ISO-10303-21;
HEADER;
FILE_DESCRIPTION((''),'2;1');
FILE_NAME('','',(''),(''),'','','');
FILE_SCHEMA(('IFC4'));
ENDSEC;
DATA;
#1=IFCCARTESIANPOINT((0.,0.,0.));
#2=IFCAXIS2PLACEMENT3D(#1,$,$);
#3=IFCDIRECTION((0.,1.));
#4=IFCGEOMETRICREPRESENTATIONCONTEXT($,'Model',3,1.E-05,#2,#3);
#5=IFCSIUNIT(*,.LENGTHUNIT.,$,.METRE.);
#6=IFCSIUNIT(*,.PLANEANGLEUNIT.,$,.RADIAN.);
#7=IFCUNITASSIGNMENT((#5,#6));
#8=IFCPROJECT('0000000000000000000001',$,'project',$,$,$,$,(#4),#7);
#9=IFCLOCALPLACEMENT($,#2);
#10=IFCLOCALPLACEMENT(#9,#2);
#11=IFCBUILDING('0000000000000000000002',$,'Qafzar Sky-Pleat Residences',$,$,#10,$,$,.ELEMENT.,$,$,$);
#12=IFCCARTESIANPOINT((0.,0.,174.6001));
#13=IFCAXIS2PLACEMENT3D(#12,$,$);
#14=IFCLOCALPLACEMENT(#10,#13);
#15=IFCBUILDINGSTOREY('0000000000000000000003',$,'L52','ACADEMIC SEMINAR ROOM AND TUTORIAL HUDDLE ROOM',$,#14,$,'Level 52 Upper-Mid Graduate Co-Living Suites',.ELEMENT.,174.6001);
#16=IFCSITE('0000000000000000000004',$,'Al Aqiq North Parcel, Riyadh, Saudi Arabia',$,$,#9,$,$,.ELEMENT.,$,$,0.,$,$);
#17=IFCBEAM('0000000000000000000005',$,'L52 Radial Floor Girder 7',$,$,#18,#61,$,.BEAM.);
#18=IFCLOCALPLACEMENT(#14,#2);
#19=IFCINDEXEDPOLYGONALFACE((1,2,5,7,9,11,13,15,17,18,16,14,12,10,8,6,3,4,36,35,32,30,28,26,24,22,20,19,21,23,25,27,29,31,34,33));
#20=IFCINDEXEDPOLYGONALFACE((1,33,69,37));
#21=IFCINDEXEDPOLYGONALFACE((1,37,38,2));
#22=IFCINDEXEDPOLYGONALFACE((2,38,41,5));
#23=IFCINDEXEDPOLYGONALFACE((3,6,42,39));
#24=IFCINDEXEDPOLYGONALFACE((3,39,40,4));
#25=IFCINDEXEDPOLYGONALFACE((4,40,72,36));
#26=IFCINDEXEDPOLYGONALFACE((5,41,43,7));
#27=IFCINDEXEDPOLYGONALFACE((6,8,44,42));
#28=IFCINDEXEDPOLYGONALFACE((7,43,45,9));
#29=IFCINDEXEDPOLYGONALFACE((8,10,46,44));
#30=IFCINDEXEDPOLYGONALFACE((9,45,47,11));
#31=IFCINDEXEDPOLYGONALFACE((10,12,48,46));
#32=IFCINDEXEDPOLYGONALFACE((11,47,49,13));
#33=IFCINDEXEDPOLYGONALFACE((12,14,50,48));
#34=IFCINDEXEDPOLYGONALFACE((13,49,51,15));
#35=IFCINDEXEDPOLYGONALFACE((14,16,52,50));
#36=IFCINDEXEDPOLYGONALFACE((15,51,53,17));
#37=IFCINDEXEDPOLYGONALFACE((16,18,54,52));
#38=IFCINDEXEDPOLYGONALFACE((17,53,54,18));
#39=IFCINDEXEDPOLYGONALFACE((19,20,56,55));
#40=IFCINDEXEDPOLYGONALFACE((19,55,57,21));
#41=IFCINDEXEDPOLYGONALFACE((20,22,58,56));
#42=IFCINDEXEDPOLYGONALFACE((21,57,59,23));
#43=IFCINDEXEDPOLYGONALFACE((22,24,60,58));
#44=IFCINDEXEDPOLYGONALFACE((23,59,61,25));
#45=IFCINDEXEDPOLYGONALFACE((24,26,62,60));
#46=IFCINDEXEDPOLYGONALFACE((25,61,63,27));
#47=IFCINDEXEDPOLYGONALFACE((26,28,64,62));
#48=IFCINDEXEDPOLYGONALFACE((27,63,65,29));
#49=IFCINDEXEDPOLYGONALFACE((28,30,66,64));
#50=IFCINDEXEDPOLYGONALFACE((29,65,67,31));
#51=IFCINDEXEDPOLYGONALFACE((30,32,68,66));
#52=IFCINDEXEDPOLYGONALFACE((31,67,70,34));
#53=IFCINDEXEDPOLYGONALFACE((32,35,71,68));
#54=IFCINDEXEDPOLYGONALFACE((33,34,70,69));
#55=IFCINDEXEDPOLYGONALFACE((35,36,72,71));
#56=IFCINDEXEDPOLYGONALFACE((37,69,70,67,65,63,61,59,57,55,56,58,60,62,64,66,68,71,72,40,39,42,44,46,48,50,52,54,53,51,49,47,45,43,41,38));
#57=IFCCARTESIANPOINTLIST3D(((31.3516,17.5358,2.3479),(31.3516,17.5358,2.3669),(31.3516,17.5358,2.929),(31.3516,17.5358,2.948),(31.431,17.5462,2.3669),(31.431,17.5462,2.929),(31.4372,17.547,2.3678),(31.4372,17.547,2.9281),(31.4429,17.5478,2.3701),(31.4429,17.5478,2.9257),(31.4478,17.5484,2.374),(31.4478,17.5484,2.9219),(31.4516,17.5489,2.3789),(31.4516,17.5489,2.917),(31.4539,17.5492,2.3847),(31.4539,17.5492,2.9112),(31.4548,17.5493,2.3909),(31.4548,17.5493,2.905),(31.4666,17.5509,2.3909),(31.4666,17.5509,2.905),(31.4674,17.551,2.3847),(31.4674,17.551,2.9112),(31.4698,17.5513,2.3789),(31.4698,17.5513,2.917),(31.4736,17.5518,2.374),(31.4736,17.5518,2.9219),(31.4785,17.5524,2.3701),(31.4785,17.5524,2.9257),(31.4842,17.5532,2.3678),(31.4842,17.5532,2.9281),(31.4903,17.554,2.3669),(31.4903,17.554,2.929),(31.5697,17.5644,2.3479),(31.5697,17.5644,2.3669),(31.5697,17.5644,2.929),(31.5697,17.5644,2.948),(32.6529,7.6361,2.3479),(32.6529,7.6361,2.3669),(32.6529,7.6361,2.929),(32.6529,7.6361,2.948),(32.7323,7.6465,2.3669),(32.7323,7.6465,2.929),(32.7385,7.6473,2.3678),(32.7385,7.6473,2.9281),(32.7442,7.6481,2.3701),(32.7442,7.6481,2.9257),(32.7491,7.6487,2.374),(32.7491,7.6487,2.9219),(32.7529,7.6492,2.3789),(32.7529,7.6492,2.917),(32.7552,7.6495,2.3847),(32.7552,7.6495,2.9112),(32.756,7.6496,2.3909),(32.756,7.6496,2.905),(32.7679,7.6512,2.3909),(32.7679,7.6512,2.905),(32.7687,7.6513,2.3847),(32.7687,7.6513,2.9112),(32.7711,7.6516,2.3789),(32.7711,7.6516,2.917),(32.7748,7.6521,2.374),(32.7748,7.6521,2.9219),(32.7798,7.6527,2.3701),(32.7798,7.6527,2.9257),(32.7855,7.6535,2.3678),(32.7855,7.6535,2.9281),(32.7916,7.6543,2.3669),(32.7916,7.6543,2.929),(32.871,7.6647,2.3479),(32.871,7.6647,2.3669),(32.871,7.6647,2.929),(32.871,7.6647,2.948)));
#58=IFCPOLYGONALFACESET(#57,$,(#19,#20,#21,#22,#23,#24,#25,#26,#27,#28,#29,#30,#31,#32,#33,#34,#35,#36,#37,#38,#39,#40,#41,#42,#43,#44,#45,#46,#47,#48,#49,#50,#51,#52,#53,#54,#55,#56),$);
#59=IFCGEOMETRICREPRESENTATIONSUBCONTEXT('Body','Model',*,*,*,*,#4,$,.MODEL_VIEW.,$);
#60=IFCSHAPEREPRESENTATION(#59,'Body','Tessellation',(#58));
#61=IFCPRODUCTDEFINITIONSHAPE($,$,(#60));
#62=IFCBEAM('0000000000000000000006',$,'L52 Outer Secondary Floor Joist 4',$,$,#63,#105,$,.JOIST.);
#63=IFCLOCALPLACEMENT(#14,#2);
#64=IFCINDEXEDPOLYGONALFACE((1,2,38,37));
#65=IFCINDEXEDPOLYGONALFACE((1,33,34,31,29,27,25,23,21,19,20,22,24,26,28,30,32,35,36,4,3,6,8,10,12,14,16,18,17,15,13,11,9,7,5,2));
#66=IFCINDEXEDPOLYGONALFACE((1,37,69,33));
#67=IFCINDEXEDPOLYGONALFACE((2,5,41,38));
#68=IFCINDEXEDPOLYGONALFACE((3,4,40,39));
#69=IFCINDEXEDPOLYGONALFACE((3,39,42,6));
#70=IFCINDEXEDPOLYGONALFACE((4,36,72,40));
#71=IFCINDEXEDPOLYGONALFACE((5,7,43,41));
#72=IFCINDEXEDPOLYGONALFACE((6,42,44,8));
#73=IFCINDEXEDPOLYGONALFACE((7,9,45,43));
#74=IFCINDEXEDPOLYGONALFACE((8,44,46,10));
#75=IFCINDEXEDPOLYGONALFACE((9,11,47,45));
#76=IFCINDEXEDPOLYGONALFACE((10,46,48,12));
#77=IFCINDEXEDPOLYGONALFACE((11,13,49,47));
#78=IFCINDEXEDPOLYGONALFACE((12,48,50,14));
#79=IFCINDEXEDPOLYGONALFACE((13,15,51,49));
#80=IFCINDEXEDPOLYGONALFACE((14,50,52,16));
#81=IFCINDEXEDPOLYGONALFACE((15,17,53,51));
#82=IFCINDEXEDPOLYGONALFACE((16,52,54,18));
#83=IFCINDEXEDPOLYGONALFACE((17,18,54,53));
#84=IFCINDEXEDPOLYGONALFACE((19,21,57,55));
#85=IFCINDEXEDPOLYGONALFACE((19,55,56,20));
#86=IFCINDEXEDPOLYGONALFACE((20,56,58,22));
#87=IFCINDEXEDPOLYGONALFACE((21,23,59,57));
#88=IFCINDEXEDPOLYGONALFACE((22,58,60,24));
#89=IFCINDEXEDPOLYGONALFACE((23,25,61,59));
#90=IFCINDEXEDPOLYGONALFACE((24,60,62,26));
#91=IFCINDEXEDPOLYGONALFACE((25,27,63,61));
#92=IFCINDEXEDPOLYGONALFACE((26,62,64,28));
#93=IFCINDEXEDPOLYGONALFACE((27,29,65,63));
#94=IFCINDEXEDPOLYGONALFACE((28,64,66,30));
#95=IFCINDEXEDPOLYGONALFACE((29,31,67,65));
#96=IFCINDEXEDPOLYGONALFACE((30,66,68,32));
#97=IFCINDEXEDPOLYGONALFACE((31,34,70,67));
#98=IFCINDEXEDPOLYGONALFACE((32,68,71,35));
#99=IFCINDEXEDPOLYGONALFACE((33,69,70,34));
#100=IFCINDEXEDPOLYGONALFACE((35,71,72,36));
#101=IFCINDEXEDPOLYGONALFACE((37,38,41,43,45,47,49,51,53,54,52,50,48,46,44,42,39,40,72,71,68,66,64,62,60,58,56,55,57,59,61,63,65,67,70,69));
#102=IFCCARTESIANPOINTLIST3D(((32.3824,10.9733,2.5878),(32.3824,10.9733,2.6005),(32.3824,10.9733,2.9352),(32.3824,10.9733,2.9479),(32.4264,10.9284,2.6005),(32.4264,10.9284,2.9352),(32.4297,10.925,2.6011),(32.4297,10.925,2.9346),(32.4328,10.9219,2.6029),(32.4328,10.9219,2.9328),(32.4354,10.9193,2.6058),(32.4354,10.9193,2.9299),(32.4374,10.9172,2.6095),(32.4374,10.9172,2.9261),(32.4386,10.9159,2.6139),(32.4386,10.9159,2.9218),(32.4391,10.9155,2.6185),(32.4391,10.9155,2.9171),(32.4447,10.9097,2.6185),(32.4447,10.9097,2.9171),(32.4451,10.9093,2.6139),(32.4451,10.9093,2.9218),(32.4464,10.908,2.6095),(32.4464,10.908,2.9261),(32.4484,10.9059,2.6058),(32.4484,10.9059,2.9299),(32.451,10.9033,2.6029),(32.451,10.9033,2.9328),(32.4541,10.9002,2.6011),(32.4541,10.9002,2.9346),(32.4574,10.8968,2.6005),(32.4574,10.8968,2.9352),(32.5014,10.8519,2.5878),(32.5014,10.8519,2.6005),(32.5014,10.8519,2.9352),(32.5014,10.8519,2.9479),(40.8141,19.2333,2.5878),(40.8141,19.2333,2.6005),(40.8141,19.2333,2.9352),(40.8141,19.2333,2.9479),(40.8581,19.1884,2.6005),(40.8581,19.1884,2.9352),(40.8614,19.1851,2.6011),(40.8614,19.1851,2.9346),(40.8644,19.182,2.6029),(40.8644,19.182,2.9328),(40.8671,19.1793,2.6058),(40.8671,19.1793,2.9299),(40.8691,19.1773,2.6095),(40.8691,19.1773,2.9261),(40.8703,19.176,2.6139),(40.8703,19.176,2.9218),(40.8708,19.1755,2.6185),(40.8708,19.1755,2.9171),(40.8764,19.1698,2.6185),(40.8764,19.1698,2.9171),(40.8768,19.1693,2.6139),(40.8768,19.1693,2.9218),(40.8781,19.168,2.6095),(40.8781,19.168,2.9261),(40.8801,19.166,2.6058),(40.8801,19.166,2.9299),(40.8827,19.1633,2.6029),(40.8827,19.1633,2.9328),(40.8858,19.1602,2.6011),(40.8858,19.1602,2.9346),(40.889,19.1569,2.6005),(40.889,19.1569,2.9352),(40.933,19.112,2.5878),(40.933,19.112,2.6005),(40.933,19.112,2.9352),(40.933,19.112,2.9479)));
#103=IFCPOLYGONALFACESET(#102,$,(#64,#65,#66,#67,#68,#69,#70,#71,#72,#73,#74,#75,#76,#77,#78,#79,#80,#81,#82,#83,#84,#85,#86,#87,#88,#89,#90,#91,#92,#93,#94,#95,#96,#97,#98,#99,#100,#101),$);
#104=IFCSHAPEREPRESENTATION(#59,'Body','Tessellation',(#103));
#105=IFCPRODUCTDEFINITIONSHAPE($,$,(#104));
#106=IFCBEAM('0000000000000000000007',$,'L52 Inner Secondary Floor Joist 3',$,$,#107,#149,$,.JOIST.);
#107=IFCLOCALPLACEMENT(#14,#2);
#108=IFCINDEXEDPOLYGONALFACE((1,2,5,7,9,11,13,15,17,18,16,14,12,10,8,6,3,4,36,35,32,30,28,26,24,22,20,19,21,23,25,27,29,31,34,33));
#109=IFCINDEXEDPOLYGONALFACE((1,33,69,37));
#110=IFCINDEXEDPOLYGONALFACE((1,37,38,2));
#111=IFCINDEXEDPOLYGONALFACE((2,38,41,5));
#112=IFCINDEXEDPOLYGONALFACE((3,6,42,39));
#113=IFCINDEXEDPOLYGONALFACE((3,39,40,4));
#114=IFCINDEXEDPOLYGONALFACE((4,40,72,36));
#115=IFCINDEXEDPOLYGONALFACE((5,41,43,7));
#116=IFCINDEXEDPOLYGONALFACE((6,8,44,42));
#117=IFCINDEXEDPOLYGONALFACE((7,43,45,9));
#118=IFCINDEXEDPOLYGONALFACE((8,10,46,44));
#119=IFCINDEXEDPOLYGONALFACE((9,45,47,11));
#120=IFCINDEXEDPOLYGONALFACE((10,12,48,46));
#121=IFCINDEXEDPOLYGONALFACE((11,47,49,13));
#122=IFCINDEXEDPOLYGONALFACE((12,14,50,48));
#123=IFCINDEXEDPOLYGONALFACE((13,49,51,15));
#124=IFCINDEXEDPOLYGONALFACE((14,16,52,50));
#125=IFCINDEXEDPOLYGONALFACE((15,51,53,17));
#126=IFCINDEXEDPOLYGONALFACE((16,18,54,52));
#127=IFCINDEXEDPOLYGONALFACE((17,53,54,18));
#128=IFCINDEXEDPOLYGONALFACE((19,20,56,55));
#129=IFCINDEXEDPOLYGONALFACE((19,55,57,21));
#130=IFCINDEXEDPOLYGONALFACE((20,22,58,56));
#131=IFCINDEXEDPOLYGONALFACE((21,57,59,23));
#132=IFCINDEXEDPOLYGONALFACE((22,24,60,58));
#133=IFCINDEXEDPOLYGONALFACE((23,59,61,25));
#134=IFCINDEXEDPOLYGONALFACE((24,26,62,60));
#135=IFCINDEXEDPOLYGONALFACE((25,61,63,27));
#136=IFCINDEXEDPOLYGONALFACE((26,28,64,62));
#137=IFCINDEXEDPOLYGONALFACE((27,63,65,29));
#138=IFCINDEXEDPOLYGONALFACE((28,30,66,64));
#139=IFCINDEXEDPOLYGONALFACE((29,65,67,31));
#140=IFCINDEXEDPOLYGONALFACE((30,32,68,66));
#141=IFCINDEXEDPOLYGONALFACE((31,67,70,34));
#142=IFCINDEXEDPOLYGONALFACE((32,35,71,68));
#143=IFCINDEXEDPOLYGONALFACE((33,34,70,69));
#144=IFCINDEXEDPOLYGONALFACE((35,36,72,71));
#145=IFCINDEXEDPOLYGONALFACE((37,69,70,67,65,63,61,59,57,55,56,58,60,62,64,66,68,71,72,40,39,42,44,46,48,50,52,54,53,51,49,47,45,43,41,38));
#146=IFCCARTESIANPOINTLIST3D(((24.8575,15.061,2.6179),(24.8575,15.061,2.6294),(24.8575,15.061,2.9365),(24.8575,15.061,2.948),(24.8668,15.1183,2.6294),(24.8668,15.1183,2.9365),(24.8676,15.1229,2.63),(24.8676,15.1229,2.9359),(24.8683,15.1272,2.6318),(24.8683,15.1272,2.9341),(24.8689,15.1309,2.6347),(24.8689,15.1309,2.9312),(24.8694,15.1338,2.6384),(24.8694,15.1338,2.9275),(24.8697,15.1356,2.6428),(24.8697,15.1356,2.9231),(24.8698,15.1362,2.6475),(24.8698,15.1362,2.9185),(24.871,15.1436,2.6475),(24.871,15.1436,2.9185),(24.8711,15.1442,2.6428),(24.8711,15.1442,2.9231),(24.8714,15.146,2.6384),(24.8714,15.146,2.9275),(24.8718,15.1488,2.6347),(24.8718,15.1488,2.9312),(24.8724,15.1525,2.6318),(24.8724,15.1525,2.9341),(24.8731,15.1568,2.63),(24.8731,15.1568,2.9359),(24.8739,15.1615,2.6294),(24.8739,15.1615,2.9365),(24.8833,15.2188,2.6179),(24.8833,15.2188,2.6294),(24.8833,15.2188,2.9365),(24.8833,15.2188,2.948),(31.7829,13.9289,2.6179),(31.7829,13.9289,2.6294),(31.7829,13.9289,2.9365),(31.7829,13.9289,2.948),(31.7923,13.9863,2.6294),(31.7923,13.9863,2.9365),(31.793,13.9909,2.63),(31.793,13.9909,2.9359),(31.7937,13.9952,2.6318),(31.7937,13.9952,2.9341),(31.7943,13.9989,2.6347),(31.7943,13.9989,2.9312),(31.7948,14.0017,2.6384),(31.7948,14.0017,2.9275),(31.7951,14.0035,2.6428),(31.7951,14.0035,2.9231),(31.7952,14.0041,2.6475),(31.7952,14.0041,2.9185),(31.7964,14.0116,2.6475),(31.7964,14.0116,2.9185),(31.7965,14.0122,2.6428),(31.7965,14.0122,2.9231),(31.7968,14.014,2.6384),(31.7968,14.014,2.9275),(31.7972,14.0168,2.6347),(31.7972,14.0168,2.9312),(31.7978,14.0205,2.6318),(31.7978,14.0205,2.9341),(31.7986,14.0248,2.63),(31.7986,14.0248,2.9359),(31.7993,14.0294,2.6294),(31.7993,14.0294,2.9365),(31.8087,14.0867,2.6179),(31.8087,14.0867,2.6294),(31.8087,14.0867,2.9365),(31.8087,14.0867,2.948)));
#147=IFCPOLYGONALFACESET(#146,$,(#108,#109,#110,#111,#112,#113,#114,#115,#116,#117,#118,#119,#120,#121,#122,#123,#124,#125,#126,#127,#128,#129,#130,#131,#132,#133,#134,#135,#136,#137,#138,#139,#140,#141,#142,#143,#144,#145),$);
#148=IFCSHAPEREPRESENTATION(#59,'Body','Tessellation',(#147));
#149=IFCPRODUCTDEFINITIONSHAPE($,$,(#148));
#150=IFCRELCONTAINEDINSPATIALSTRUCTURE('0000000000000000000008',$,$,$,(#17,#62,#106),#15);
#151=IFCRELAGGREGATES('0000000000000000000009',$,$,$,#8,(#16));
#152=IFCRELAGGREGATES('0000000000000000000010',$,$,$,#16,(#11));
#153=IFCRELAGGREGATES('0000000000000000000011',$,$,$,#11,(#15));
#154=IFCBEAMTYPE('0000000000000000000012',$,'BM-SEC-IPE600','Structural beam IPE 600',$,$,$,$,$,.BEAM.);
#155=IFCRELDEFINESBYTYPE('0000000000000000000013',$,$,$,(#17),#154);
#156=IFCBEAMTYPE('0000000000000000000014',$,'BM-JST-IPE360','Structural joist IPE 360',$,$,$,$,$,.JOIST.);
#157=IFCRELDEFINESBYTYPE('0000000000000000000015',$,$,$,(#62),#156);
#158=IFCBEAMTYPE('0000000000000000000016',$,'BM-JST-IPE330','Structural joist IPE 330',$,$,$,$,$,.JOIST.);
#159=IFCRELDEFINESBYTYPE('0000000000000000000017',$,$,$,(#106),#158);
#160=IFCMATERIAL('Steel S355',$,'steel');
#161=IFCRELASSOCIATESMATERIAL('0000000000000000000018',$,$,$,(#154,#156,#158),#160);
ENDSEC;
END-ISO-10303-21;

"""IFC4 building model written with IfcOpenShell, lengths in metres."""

from ifc_helpers import new_model, si_unit, direction, frame, origin, origin_2d, place, context, subcontext, project, spatial, i_section, extrude, source, transform, mapped, material, material_profile, profile_set, type_object, element, save


model = new_model("IFC4")

# Units and contexts
model_context = context("Model", 3, precision=1e-05, world=origin(), true_north=direction((0.0, 1.0)))
body_context = subcontext(model_context, "Body", "Model", "MODEL_VIEW")
ifc_project = project(units=[si_unit("LENGTHUNIT", "METRE"), si_unit("PLANEANGLEUNIT", "RADIAN")], contexts=[model_context])

# Site, building, storey
site_placement = place(None, origin())
site = spatial("IfcSite", under=ifc_project, at=site_placement, Name="Al Aqiq North Parcel, Riyadh, Saudi Arabia", CompositionType="ELEMENT", RefElevation=0.0)
building_placement = place(site_placement, origin())
building = spatial("IfcBuilding", under=site, at=building_placement, Name="Qafzar Sky-Pleat Residences", CompositionType="ELEMENT")
storey_placement = place(building_placement, frame((0.0, 0.0, 174.6001)))
storey = spatial("IfcBuildingStorey", under=building, at=storey_placement, Name="L52", Description="ACADEMIC SEMINAR ROOM AND TUTORIAL HUDDLE ROOM", LongName="Level 52 Upper-Mid Graduate Co-Living Suites", CompositionType="ELEMENT", Elevation=174.6001)

# Shared definitions
ifc_material_1 = material(Name="Steel S355", Category="steel")

# Beams
ifc_material_profile_1 = material_profile(ifc_material_1, i_section(OverallWidth=0.22, OverallDepth=0.6001, WebThickness=0.012, FlangeThickness=0.019, FilletRadius=0.0239, at=origin_2d()), Name="IPE 600")
ifc_profile_set_1 = profile_set([ifc_material_profile_1], Name="Steel S355")
beam_type_1 = type_object("IfcBeamType", Name="BM-SEC-IPE600", Description="Structural beam IPE 600", PredefinedType="BEAM", material=ifc_profile_set_1)
shared_shape_1 = source(origin(), body_context, "Body", "SweptSolid", [
    extrude(i_section(OverallWidth=0.22, OverallDepth=0.6001, WebThickness=0.012, FlangeThickness=0.019, FilletRadius=0.0239, at=origin_2d()), origin(), (0.0, 0.0, 1.0), 9.9849),
])
beam_1_placement = place(storey_placement, frame((32.762, 7.6504, 2.6479), z_axis=(-0.130325, 0.991471, 0.0), x_axis=(-0.991471, -0.130325, 0.0)))
element("IfcBeam", 1, at=beam_1_placement, inside=storey, type_object=beam_type_1, Name="L52 Radial Floor Girder 7", PredefinedType="BEAM", context=body_context, shape_type="MappedRepresentation", body=[
    mapped(shared_shape_1, transform((0.0, 0.0, 0.0), x_axis=(1.0, 0.0, 0.0), y_axis=(0.0, 1.0, 0.0), z_axis=(0.0, 0.0, 1.0), scale=1.0)),
])
ifc_material_profile_2 = material_profile(ifc_material_1, i_section(OverallWidth=0.1699, OverallDepth=0.3601, WebThickness=0.0081, FlangeThickness=0.0127, FilletRadius=0.0181, at=origin_2d()), Name="IPE 360")
ifc_profile_set_2 = profile_set([ifc_material_profile_2], Name="Steel S355")
beam_type_2 = type_object("IfcBeamType", Name="BM-JST-IPE360", Description="Structural joist IPE 360", PredefinedType="JOIST", material=ifc_profile_set_2)
shared_shape_2 = source(origin(), body_context, "Body", "SweptSolid", [
    extrude(i_section(OverallWidth=0.1699, OverallDepth=0.3601, WebThickness=0.0081, FlangeThickness=0.0127, FilletRadius=0.0181, at=origin_2d()), origin(), (0.0, 0.0, 1.0), 11.8035),
])
beam_2_placement = place(storey_placement, frame((32.4419, 10.9126, 2.7678), z_axis=(0.71434, 0.699799, 0.0), x_axis=(-0.699799, 0.71434, 0.0)))
element("IfcBeam", 2, at=beam_2_placement, inside=storey, type_object=beam_type_2, Name="L52 Outer Secondary Floor Joist 4", PredefinedType="JOIST", context=body_context, shape_type="MappedRepresentation", body=[
    mapped(shared_shape_2, transform((0.0, 0.0, 0.0), x_axis=(1.0, 0.0, 0.0), y_axis=(0.0, 1.0, 0.0), z_axis=(0.0, 0.0, 1.0), scale=1.0)),
])
ifc_material_profile_3 = material_profile(ifc_material_1, i_section(OverallWidth=0.1599, OverallDepth=0.3301, WebThickness=0.0076, FlangeThickness=0.0115, FilletRadius=0.0181, at=origin_2d()), Name="IPE 330")
ifc_profile_set_3 = profile_set([ifc_material_profile_3], Name="Steel S355")
beam_type_3 = type_object("IfcBeamType", Name="BM-JST-IPE330", Description="Structural joist IPE 330", PredefinedType="JOIST", material=ifc_profile_set_3)
shared_shape_3 = source(origin(), body_context, "Body", "SweptSolid", [
    extrude(i_section(OverallWidth=0.1599, OverallDepth=0.3301, WebThickness=0.0076, FlangeThickness=0.0115, FilletRadius=0.0181, at=origin_2d()), origin(), (0.0, 0.0, 1.0), 7.0173),
])
beam_3_placement = place(storey_placement, frame((24.8704, 15.1399, 2.783), z_axis=(0.986902, -0.161323, 0.0), x_axis=(0.161323, 0.986902, 0.0)))
element("IfcBeam", 3, at=beam_3_placement, inside=storey, type_object=beam_type_3, Name="L52 Inner Secondary Floor Joist 3", PredefinedType="JOIST", context=body_context, shape_type="MappedRepresentation", body=[
    mapped(shared_shape_3, transform((0.0, 0.0, 0.0), x_axis=(1.0, 0.0, 0.0), y_axis=(0.0, 1.0, 0.0), z_axis=(0.0, 0.0, 1.0), scale=1.0)),
])

save(model, "model.ifc")
